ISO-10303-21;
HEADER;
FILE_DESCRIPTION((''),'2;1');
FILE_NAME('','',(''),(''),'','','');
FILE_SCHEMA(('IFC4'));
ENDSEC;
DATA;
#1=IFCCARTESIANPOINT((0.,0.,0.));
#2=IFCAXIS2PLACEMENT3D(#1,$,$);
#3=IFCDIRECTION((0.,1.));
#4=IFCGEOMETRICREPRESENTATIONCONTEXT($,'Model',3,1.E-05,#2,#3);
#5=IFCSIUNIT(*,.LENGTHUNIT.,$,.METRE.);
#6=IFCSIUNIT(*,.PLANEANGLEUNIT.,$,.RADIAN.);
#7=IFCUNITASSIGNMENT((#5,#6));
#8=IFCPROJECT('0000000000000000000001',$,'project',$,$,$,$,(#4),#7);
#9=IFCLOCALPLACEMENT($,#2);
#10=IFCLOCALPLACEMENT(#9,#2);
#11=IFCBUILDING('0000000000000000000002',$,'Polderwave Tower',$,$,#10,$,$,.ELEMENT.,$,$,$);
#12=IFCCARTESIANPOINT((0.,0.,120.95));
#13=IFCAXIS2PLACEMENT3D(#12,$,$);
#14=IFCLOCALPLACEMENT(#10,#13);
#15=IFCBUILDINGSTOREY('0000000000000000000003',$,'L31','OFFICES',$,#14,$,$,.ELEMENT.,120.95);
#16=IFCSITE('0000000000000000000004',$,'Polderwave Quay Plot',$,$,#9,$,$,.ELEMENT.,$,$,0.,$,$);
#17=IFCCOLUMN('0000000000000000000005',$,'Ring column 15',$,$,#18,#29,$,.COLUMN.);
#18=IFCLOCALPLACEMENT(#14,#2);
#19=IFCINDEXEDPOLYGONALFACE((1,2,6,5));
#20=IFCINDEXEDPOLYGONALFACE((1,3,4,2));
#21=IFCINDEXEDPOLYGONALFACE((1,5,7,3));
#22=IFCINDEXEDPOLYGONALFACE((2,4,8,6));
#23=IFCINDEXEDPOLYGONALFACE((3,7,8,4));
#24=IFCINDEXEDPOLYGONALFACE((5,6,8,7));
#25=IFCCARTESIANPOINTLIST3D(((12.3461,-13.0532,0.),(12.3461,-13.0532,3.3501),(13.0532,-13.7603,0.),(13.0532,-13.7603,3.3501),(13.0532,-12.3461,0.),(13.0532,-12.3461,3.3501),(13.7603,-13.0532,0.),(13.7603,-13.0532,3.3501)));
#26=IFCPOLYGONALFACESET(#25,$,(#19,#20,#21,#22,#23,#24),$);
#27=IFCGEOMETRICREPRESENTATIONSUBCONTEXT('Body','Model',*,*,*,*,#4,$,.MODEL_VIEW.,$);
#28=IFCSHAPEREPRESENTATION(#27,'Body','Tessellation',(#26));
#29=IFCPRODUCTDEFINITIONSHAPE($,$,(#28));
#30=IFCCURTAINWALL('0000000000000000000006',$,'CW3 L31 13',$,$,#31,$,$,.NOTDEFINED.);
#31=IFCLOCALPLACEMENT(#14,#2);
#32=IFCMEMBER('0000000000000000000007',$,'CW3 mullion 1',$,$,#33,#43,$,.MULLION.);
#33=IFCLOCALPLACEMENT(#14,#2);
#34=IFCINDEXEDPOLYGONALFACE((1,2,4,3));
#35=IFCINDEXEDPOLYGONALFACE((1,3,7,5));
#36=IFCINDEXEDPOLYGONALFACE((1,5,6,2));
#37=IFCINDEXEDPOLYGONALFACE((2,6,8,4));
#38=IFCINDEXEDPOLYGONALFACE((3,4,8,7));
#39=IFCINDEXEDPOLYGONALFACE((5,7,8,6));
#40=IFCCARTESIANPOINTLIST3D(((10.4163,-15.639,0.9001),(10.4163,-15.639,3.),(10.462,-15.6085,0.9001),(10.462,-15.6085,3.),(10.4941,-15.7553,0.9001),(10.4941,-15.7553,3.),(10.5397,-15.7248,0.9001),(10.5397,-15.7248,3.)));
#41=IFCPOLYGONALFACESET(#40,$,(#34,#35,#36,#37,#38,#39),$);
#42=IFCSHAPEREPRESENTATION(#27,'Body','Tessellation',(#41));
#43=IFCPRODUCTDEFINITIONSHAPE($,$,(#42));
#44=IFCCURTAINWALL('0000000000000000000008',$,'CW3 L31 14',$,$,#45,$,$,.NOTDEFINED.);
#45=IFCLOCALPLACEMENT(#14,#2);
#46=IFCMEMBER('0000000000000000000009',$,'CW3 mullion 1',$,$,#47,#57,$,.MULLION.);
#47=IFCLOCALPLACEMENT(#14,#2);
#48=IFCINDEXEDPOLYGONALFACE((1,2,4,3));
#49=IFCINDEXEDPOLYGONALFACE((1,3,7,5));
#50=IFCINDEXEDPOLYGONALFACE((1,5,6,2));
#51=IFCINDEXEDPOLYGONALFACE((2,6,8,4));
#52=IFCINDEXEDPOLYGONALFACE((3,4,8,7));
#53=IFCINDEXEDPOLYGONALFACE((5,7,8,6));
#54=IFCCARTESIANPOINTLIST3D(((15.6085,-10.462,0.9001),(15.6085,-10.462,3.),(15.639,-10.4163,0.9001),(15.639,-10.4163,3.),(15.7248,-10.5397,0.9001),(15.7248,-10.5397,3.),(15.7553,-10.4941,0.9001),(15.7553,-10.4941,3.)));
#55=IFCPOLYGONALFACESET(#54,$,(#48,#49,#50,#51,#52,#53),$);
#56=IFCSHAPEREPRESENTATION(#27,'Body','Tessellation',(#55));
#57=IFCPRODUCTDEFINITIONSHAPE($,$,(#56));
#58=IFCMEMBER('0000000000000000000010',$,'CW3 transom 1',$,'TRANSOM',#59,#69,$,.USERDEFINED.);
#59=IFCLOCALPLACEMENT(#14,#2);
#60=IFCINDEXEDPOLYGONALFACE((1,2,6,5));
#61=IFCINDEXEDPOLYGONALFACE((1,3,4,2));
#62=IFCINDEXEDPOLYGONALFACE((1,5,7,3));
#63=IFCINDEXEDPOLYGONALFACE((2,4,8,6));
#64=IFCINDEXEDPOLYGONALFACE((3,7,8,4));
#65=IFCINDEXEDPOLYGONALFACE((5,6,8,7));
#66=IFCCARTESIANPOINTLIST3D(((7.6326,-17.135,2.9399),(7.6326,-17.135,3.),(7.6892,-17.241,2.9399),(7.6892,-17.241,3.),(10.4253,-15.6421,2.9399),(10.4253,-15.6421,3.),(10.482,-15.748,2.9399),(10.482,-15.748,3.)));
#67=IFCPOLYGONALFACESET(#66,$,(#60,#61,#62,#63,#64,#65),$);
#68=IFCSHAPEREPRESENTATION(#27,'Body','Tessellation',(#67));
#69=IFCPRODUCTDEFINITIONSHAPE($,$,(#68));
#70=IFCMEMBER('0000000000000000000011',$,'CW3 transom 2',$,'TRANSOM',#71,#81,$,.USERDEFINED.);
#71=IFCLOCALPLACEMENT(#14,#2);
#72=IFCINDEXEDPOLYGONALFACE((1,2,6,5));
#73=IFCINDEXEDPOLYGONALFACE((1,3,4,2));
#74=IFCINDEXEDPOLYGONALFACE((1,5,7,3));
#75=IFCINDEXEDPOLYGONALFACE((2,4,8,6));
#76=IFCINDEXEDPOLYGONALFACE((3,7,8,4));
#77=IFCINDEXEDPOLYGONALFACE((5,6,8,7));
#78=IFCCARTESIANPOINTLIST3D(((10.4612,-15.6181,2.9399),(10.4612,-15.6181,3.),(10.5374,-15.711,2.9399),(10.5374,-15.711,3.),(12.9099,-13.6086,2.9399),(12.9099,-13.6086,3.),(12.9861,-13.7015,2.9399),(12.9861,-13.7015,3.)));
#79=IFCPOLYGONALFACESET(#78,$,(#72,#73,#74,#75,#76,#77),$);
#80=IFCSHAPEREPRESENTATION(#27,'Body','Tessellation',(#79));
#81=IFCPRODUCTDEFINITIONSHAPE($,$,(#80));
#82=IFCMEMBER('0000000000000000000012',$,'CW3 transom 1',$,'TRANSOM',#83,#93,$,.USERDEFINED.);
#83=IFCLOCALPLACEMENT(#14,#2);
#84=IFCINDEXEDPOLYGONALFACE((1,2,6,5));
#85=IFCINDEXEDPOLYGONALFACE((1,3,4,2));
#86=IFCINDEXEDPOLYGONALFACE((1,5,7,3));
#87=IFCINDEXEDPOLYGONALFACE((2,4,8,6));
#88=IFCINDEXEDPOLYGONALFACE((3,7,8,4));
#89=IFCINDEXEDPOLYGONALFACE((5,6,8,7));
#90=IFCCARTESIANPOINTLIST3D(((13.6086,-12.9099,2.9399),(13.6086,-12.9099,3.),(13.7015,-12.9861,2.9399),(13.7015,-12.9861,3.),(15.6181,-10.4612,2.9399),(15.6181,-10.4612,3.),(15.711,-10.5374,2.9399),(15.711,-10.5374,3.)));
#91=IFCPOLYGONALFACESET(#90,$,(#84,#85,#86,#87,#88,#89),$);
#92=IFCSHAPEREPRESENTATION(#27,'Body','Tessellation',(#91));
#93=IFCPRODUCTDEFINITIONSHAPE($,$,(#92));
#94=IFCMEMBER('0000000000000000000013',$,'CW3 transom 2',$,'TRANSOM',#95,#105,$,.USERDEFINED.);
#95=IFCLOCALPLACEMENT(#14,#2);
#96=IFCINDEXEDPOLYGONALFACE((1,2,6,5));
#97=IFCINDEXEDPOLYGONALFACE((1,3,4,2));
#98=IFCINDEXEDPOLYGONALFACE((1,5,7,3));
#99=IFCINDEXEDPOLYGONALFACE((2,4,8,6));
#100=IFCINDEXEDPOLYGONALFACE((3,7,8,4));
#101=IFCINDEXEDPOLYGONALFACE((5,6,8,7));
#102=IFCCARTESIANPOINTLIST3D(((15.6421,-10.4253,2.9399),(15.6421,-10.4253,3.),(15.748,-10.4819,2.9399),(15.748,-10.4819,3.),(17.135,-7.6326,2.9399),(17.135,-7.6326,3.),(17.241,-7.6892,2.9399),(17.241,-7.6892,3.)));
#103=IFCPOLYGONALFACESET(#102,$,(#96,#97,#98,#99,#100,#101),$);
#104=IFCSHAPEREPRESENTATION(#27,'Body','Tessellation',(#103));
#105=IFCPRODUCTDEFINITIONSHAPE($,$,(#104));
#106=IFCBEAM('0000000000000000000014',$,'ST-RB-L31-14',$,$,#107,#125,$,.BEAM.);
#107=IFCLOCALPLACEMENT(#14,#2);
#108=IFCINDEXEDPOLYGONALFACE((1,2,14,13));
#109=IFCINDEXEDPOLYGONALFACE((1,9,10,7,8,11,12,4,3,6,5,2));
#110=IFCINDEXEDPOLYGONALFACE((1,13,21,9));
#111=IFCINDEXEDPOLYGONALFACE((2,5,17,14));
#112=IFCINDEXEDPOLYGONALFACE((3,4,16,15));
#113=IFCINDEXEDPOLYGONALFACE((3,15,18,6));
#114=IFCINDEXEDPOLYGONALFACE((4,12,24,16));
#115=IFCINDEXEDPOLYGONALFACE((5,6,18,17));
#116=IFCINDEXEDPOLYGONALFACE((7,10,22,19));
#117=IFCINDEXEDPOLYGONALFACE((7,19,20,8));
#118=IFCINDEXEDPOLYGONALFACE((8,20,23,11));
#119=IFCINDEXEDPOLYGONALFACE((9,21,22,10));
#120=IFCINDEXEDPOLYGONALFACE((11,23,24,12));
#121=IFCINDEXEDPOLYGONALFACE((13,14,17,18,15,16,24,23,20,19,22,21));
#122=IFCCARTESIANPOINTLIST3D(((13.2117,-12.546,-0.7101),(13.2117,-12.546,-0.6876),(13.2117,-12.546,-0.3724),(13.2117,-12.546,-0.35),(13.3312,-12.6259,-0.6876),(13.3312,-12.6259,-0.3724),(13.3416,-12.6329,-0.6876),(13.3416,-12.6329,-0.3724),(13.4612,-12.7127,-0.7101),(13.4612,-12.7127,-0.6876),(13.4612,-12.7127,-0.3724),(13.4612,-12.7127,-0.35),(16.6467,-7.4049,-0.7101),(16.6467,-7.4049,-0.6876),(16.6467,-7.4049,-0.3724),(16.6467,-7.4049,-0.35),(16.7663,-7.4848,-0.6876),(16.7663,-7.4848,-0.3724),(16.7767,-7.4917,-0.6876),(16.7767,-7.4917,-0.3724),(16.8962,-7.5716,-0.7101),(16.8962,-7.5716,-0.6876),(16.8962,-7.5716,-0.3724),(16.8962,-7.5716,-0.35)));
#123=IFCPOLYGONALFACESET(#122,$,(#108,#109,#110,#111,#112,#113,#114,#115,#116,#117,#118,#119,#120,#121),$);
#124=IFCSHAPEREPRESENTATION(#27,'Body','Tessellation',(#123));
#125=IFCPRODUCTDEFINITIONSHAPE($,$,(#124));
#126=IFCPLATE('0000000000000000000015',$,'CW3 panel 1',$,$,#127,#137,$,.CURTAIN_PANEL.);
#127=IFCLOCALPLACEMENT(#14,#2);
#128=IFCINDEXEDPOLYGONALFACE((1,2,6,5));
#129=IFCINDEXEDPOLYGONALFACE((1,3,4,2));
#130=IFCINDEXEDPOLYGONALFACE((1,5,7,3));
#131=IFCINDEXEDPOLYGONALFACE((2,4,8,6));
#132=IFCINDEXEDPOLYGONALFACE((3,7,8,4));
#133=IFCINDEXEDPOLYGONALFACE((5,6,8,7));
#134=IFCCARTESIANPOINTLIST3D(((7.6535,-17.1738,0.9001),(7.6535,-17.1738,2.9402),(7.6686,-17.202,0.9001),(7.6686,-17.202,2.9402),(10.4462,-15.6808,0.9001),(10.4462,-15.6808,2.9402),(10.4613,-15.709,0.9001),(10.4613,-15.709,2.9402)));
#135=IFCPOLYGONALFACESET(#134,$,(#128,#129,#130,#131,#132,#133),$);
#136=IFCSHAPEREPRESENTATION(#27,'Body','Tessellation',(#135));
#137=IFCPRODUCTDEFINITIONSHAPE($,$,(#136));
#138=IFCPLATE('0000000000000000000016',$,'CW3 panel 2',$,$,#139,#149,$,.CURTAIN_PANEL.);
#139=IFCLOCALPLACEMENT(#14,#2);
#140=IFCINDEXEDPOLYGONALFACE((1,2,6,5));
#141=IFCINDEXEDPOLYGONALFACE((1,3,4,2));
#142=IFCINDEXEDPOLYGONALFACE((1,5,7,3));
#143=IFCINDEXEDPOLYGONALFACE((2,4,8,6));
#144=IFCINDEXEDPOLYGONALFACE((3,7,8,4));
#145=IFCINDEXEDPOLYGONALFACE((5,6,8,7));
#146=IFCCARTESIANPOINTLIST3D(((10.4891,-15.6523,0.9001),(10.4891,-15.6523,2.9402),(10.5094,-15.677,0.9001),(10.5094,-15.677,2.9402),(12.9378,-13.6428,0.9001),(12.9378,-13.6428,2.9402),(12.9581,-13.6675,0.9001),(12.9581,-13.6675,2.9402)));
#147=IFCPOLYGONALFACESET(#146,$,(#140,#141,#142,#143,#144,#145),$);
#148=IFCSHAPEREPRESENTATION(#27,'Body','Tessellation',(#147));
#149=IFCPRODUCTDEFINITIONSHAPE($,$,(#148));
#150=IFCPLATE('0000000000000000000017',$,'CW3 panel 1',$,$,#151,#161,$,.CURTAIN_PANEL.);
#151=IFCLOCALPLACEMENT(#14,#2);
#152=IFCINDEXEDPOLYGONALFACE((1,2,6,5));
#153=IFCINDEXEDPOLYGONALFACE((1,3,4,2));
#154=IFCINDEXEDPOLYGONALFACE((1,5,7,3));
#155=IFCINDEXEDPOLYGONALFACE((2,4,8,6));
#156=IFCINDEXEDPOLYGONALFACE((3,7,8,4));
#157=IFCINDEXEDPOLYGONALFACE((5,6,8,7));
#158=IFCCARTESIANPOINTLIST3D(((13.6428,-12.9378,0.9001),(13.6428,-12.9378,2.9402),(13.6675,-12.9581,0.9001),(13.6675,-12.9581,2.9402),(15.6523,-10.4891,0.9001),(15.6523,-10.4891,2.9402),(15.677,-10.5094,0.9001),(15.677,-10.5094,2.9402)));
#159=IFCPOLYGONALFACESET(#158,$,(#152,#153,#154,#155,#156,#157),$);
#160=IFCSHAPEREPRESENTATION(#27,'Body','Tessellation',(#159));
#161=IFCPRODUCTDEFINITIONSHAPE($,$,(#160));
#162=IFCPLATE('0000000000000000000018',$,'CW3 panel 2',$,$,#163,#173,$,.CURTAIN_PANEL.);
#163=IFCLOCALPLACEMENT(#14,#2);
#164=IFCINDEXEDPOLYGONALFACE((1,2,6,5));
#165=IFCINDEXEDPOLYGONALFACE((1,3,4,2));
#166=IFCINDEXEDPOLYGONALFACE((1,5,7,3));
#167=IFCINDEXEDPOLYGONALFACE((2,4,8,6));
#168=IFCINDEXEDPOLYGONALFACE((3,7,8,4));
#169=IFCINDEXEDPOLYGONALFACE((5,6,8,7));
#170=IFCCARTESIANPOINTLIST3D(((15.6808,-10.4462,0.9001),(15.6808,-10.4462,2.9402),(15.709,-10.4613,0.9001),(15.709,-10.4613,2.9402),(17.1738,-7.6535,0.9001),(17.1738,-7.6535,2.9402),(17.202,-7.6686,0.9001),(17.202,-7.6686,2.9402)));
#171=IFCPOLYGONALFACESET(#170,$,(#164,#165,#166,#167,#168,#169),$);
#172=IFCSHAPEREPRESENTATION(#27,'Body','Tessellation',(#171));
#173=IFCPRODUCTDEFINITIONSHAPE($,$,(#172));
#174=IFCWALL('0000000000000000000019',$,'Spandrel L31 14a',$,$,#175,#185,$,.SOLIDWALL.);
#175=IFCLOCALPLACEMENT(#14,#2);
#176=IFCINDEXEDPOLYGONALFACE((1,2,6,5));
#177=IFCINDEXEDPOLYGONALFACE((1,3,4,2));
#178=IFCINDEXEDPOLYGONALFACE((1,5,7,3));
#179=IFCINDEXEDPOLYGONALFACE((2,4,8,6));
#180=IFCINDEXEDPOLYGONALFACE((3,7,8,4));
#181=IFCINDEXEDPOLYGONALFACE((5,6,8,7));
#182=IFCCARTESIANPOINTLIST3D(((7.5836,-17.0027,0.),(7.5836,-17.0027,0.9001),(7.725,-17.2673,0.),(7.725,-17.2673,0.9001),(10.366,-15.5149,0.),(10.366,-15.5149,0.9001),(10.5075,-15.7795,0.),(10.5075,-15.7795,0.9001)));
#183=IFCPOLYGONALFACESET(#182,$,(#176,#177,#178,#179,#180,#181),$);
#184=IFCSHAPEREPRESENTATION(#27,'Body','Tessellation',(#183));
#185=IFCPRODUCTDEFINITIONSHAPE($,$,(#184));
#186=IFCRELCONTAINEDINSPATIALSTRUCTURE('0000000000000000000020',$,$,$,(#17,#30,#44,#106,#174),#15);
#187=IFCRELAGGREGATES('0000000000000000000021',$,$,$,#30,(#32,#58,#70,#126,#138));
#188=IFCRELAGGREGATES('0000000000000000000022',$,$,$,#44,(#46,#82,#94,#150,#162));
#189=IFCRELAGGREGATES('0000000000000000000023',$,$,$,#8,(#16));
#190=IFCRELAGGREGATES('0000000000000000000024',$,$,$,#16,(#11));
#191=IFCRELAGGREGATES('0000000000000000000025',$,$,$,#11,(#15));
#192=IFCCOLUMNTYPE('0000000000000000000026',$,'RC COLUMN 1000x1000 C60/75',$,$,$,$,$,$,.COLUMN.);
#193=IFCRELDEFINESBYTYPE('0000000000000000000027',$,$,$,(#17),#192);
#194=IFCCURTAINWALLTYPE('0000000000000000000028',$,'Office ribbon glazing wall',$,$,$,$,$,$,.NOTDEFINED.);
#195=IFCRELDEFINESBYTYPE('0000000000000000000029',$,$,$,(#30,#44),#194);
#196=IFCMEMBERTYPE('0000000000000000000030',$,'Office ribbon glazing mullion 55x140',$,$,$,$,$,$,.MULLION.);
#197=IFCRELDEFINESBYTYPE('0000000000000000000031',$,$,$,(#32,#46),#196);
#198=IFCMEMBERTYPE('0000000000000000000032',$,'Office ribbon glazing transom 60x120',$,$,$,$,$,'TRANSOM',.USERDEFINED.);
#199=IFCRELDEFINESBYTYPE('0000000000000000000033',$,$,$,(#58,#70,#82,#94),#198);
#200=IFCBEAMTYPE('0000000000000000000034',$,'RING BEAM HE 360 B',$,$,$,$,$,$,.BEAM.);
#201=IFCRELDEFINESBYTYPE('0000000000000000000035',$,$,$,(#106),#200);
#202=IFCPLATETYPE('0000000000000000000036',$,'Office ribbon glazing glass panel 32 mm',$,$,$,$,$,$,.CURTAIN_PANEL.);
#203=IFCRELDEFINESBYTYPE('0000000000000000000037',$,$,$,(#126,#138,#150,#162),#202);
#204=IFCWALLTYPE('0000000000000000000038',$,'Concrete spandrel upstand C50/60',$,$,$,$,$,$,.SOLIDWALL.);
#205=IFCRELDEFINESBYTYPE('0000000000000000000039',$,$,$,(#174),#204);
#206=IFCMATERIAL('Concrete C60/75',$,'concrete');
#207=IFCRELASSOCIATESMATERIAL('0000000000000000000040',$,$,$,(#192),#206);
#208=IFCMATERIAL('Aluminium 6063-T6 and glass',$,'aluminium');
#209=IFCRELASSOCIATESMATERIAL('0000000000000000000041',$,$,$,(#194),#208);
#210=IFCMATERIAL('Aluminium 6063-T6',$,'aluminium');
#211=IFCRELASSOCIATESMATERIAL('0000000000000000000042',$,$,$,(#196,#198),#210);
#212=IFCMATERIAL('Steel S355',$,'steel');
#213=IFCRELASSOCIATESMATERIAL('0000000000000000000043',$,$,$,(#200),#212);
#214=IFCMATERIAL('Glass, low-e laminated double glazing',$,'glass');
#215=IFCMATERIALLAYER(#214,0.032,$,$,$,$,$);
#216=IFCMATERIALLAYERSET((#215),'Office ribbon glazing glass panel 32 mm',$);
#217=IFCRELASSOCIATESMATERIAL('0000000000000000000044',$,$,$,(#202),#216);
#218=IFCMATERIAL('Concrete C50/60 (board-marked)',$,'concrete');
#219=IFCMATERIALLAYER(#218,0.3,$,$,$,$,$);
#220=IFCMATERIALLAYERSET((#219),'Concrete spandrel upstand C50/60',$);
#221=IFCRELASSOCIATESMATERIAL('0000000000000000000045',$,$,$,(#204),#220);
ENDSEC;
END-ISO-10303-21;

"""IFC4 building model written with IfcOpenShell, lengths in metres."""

from ifc_helpers import new_model, si_unit, direction, frame, frame_2d, origin, origin_2d, place, context, subcontext, project, spatial, rectangle, i_section, extrude, material, layer, layer_set, material_profile, profile_set, type_object, element, aggregate, save


model = new_model("IFC4")

# Units and contexts
model_context = context("Model", 3, precision=1e-05, world=origin(), true_north=direction((0.0, 1.0)))
body_context = subcontext(model_context, "Body", "Model", "MODEL_VIEW")
ifc_project = project(units=[si_unit("LENGTHUNIT", "METRE"), si_unit("PLANEANGLEUNIT", "RADIAN")], contexts=[model_context])

# Site, building, storey
site_placement = place(None, origin())
site = spatial("IfcSite", under=ifc_project, at=site_placement, Name="Polderwave Quay Plot", CompositionType="ELEMENT", RefElevation=0.0)
building_placement = place(site_placement, origin())
building = spatial("IfcBuilding", under=site, at=building_placement, Name="Polderwave Tower", CompositionType="ELEMENT")
storey_placement = place(building_placement, frame((0.0, 0.0, 120.95)))
storey = spatial("IfcBuildingStorey", under=building, at=storey_placement, Name="L31", Description="OFFICES", CompositionType="ELEMENT", Elevation=120.95)

# Column
ifc_material_1 = material(Name="Concrete C60/75", Category="concrete")
ifc_material_profile_1 = material_profile(ifc_material_1, rectangle(XDim=1.0, YDim=1.0, at=origin_2d()), Name="RC 1000x1000")
ifc_profile_set_1 = profile_set([ifc_material_profile_1], Name="Concrete C60/75")
column_type = type_object("IfcColumnType", Name="RC COLUMN 1000x1000 C60/75", PredefinedType="COLUMN", material=ifc_profile_set_1)
column_placement = place(storey_placement, frame((13.0532, -13.0532, 0.0), z_axis=(0.0, 0.0, 1.0), x_axis=(0.707107, -0.707107, 0.0)))
element("IfcColumn", 1, at=column_placement, inside=storey, type_object=column_type, Name="Ring column 15", PredefinedType="COLUMN", context=body_context, shape_type="SweptSolid", body=[
    extrude(rectangle(XDim=1.0, YDim=1.0, at=origin_2d()), origin(), (0.0, 0.0, 1.0), 3.3501),
])

# Curtain walls, members
ifc_material_2 = material(Name="Aluminium 6063-T6 and glass", Category="aluminium")
curtain_wall_type = type_object("IfcCurtainWallType", Name="Office ribbon glazing wall", PredefinedType="NOTDEFINED", material=ifc_material_2)
curtain_wall_1_placement = place(storey_placement, origin())
curtain_wall_1 = element("IfcCurtainWall", 2, at=curtain_wall_1_placement, inside=storey, type_object=curtain_wall_type, Name="CW3 L31 13", PredefinedType="NOTDEFINED")
ifc_material_3 = material(Name="Aluminium 6063-T6", Category="aluminium")
ifc_material_profile_2 = material_profile(ifc_material_3, rectangle(XDim=0.1399, YDim=0.0549, at=origin_2d()), Name="AL 55x140")
ifc_profile_set_2 = profile_set([ifc_material_profile_2], Name="Aluminium 6063-T6")
member_type_1 = type_object("IfcMemberType", Name="Office ribbon glazing mullion 55x140", PredefinedType="MULLION", material=ifc_profile_set_2)
member_1_placement = place(storey_placement, frame((10.478, -15.6819, 0.9001), z_axis=(0.0, 0.0, 1.0), x_axis=(-0.555595, 0.831453, 0.0)))
member_1 = element("IfcMember", 3, at=member_1_placement, type_object=member_type_1, Name="CW3 mullion 1", PredefinedType="MULLION", context=body_context, shape_type="SweptSolid", body=[
    extrude(rectangle(XDim=0.1399, YDim=0.0549, at=origin_2d()), origin(), (0.0, 0.0, 1.0), 2.0999),
])
curtain_wall_2_placement = place(storey_placement, origin())
curtain_wall_2 = element("IfcCurtainWall", 4, at=curtain_wall_2_placement, inside=storey, type_object=curtain_wall_type, Name="CW3 L31 14", PredefinedType="NOTDEFINED")
member_2_placement = place(storey_placement, frame((15.6819, -10.478, 0.9001), z_axis=(0.0, 0.0, 1.0), x_axis=(-0.831453, 0.555595, 0.0)))
member_2 = element("IfcMember", 5, at=member_2_placement, type_object=member_type_1, Name="CW3 mullion 1", PredefinedType="MULLION", context=body_context, shape_type="SweptSolid", body=[
    extrude(rectangle(XDim=0.1399, YDim=0.0549, at=origin_2d()), origin(), (0.0, 0.0, 1.0), 2.0999),
])

# Members
ifc_material_profile_3 = material_profile(ifc_material_3, rectangle(XDim=0.1201, YDim=0.0601, at=origin_2d()), Name="AL 60x120")
ifc_profile_set_3 = profile_set([ifc_material_profile_3], Name="Aluminium 6063-T6")
member_type_2 = type_object("IfcMemberType", Name="Office ribbon glazing transom 60x120", ElementType="TRANSOM", PredefinedType="USERDEFINED", material=ifc_profile_set_3)
member_3_placement = place(storey_placement, frame((7.6609, -17.188, 2.97), z_axis=(0.881898, 0.47144, 0.0), x_axis=(-0.47144, 0.881898, 0.0)))
member_3 = element("IfcMember", 6, at=member_3_placement, type_object=member_type_2, Name="CW3 transom 1", ObjectType="TRANSOM", PredefinedType="USERDEFINED", context=body_context, shape_type="SweptSolid", body=[
    extrude(rectangle(XDim=0.1201, YDim=0.0601, at=origin_2d()), origin(), (0.0, 0.0, 1.0), 3.1667),
])
member_4_placement = place(storey_placement, frame((10.4993, -15.6646, 2.97), z_axis=(0.773026, 0.634374, 0.0), x_axis=(-0.634374, 0.773026, 0.0)))
member_4 = element("IfcMember", 7, at=member_4_placement, type_object=member_type_2, Name="CW3 transom 2", ObjectType="TRANSOM", PredefinedType="USERDEFINED", context=body_context, shape_type="SweptSolid", body=[
    extrude(rectangle(XDim=0.1201, YDim=0.0601, at=origin_2d()), origin(), (0.0, 0.0, 1.0), 3.1677),
])
member_5_placement = place(storey_placement, frame((13.655, -12.948, 2.97), z_axis=(0.634374, 0.773026, 0.0), x_axis=(-0.773026, 0.634374, 0.0)))
member_5 = element("IfcMember", 8, at=member_5_placement, type_object=member_type_2, Name="CW3 transom 1", ObjectType="TRANSOM", PredefinedType="USERDEFINED", context=body_context, shape_type="SweptSolid", body=[
    extrude(rectangle(XDim=0.1201, YDim=0.0601, at=origin_2d()), origin(), (0.0, 0.0, 1.0), 3.1677),
])
member_6_placement = place(storey_placement, frame((15.6951, -10.4536, 2.97), z_axis=(0.47144, 0.881898, 0.0), x_axis=(-0.881898, 0.47144, 0.0)))
member_6 = element("IfcMember", 9, at=member_6_placement, type_object=member_type_2, Name="CW3 transom 2", ObjectType="TRANSOM", PredefinedType="USERDEFINED", context=body_context, shape_type="SweptSolid", body=[
    extrude(rectangle(XDim=0.1201, YDim=0.0601, at=origin_2d()), origin(), (0.0, 0.0, 1.0), 3.1667),
])

# Beam
ifc_material_4 = material(Name="Steel S355", Category="steel")
ifc_material_profile_4 = material_profile(ifc_material_4, i_section(OverallWidth=0.3, OverallDepth=0.3601, WebThickness=0.0125, FlangeThickness=0.0225, at=origin_2d()), Name="HE 360 B")
ifc_profile_set_4 = profile_set([ifc_material_profile_4], Name="Steel S355")
beam_type = type_object("IfcBeamType", Name="RING BEAM HE 360 B", PredefinedType="BEAM", material=ifc_profile_set_4)
beam_placement = place(storey_placement, frame((13.3364, -12.6294, -0.53), z_axis=(0.555556, 0.831479, 0.0), x_axis=(-0.831479, 0.555556, 0.0)))
element("IfcBeam", 10, at=beam_placement, inside=storey, type_object=beam_type, Name="ST-RB-L31-14", PredefinedType="BEAM", context=body_context, shape_type="SweptSolid", body=[
    extrude(i_section(OverallWidth=0.3, OverallDepth=0.3601, WebThickness=0.0125, FlangeThickness=0.0225, at=origin_2d()), origin(), (0.0, 0.0, 1.0), 6.1831),
])

# Plates
ifc_material_5 = material(Name="Glass, low-e laminated double glazing", Category="glass")
ifc_layer_1 = layer(ifc_material_5, 0.032)
ifc_layer_set_1 = layer_set([ifc_layer_1], Name="Office ribbon glazing glass panel 32 mm")
plate_type = type_object("IfcPlateType", Name="Office ribbon glazing glass panel 32 mm", PredefinedType="CURTAIN_PANEL", material=ifc_layer_set_1)
plate_1_placement = place(storey_placement, frame((9.0574, -16.4414, 0.9001), z_axis=(0.0, 0.0, 1.0), x_axis=(0.881884, 0.471466, 0.0)))
plate_1 = element("IfcPlate", 11, at=plate_1_placement, type_object=plate_type, Name="CW3 panel 1", PredefinedType="CURTAIN_PANEL", context=body_context, shape_type="SweptSolid", body=[
    extrude(rectangle(XDim=3.1667, YDim=0.032, at=origin_2d()), origin(), (0.0, 0.0, 1.0), 2.04),
])
plate_2_placement = place(storey_placement, frame((11.7236, -14.6599, 0.9001), z_axis=(0.0, 0.0, 1.0), x_axis=(0.773023, 0.634378, 0.0)))
plate_2 = element("IfcPlate", 12, at=plate_2_placement, type_object=plate_type, Name="CW3 panel 2", PredefinedType="CURTAIN_PANEL", context=body_context, shape_type="SweptSolid", body=[
    extrude(rectangle(XDim=3.1677, YDim=0.032, at=origin_2d()), origin(), (0.0, 0.0, 1.0), 2.04),
])
aggregate(curtain_wall_1, [member_1, member_3, member_4, plate_1, plate_2])
plate_3_placement = place(storey_placement, frame((14.6599, -11.7236, 0.9001), z_axis=(0.0, 0.0, 1.0), x_axis=(0.634378, 0.773023, 0.0)))
plate_3 = element("IfcPlate", 13, at=plate_3_placement, type_object=plate_type, Name="CW3 panel 1", PredefinedType="CURTAIN_PANEL", context=body_context, shape_type="SweptSolid", body=[
    extrude(rectangle(XDim=3.1677, YDim=0.032, at=origin_2d()), origin(), (0.0, 0.0, 1.0), 2.04),
])
plate_4_placement = place(storey_placement, frame((16.4414, -9.0574, 0.9001), z_axis=(0.0, 0.0, 1.0), x_axis=(0.471466, 0.881884, 0.0)))
plate_4 = element("IfcPlate", 14, at=plate_4_placement, type_object=plate_type, Name="CW3 panel 2", PredefinedType="CURTAIN_PANEL", context=body_context, shape_type="SweptSolid", body=[
    extrude(rectangle(XDim=3.1667, YDim=0.032, at=origin_2d()), origin(), (0.0, 0.0, 1.0), 2.04),
])
aggregate(curtain_wall_2, [member_2, member_5, member_6, plate_3, plate_4])

# Wall
ifc_material_6 = material(Name="Concrete C50/60 (board-marked)", Category="concrete")
ifc_layer_2 = layer(ifc_material_6, 0.3)
ifc_layer_set_2 = layer_set([ifc_layer_2], Name="Concrete spandrel upstand C50/60")
wall_type = type_object("IfcWallType", Name="Concrete spandrel upstand C50/60", PredefinedType="SOLIDWALL", material=ifc_layer_set_2)
wall_1_placement = place(storey_placement, frame((7.6543, -17.135, 0.0), z_axis=(0.0, 0.0, 1.0), x_axis=(0.881851, 0.471528, 0.0)))
element("IfcWall", 15, at=wall_1_placement, inside=storey, type_object=wall_type, Name="Spandrel L31 14a", PredefinedType="SOLIDWALL", context=body_context, shape_type="SweptSolid", body=[
    extrude(rectangle(XDim=3.1553, YDim=0.3, at=frame_2d((1.5776, 0.0))), origin(), (0.0, 0.0, 1.0), 0.9001),
])

save(model, "model.ifc")
